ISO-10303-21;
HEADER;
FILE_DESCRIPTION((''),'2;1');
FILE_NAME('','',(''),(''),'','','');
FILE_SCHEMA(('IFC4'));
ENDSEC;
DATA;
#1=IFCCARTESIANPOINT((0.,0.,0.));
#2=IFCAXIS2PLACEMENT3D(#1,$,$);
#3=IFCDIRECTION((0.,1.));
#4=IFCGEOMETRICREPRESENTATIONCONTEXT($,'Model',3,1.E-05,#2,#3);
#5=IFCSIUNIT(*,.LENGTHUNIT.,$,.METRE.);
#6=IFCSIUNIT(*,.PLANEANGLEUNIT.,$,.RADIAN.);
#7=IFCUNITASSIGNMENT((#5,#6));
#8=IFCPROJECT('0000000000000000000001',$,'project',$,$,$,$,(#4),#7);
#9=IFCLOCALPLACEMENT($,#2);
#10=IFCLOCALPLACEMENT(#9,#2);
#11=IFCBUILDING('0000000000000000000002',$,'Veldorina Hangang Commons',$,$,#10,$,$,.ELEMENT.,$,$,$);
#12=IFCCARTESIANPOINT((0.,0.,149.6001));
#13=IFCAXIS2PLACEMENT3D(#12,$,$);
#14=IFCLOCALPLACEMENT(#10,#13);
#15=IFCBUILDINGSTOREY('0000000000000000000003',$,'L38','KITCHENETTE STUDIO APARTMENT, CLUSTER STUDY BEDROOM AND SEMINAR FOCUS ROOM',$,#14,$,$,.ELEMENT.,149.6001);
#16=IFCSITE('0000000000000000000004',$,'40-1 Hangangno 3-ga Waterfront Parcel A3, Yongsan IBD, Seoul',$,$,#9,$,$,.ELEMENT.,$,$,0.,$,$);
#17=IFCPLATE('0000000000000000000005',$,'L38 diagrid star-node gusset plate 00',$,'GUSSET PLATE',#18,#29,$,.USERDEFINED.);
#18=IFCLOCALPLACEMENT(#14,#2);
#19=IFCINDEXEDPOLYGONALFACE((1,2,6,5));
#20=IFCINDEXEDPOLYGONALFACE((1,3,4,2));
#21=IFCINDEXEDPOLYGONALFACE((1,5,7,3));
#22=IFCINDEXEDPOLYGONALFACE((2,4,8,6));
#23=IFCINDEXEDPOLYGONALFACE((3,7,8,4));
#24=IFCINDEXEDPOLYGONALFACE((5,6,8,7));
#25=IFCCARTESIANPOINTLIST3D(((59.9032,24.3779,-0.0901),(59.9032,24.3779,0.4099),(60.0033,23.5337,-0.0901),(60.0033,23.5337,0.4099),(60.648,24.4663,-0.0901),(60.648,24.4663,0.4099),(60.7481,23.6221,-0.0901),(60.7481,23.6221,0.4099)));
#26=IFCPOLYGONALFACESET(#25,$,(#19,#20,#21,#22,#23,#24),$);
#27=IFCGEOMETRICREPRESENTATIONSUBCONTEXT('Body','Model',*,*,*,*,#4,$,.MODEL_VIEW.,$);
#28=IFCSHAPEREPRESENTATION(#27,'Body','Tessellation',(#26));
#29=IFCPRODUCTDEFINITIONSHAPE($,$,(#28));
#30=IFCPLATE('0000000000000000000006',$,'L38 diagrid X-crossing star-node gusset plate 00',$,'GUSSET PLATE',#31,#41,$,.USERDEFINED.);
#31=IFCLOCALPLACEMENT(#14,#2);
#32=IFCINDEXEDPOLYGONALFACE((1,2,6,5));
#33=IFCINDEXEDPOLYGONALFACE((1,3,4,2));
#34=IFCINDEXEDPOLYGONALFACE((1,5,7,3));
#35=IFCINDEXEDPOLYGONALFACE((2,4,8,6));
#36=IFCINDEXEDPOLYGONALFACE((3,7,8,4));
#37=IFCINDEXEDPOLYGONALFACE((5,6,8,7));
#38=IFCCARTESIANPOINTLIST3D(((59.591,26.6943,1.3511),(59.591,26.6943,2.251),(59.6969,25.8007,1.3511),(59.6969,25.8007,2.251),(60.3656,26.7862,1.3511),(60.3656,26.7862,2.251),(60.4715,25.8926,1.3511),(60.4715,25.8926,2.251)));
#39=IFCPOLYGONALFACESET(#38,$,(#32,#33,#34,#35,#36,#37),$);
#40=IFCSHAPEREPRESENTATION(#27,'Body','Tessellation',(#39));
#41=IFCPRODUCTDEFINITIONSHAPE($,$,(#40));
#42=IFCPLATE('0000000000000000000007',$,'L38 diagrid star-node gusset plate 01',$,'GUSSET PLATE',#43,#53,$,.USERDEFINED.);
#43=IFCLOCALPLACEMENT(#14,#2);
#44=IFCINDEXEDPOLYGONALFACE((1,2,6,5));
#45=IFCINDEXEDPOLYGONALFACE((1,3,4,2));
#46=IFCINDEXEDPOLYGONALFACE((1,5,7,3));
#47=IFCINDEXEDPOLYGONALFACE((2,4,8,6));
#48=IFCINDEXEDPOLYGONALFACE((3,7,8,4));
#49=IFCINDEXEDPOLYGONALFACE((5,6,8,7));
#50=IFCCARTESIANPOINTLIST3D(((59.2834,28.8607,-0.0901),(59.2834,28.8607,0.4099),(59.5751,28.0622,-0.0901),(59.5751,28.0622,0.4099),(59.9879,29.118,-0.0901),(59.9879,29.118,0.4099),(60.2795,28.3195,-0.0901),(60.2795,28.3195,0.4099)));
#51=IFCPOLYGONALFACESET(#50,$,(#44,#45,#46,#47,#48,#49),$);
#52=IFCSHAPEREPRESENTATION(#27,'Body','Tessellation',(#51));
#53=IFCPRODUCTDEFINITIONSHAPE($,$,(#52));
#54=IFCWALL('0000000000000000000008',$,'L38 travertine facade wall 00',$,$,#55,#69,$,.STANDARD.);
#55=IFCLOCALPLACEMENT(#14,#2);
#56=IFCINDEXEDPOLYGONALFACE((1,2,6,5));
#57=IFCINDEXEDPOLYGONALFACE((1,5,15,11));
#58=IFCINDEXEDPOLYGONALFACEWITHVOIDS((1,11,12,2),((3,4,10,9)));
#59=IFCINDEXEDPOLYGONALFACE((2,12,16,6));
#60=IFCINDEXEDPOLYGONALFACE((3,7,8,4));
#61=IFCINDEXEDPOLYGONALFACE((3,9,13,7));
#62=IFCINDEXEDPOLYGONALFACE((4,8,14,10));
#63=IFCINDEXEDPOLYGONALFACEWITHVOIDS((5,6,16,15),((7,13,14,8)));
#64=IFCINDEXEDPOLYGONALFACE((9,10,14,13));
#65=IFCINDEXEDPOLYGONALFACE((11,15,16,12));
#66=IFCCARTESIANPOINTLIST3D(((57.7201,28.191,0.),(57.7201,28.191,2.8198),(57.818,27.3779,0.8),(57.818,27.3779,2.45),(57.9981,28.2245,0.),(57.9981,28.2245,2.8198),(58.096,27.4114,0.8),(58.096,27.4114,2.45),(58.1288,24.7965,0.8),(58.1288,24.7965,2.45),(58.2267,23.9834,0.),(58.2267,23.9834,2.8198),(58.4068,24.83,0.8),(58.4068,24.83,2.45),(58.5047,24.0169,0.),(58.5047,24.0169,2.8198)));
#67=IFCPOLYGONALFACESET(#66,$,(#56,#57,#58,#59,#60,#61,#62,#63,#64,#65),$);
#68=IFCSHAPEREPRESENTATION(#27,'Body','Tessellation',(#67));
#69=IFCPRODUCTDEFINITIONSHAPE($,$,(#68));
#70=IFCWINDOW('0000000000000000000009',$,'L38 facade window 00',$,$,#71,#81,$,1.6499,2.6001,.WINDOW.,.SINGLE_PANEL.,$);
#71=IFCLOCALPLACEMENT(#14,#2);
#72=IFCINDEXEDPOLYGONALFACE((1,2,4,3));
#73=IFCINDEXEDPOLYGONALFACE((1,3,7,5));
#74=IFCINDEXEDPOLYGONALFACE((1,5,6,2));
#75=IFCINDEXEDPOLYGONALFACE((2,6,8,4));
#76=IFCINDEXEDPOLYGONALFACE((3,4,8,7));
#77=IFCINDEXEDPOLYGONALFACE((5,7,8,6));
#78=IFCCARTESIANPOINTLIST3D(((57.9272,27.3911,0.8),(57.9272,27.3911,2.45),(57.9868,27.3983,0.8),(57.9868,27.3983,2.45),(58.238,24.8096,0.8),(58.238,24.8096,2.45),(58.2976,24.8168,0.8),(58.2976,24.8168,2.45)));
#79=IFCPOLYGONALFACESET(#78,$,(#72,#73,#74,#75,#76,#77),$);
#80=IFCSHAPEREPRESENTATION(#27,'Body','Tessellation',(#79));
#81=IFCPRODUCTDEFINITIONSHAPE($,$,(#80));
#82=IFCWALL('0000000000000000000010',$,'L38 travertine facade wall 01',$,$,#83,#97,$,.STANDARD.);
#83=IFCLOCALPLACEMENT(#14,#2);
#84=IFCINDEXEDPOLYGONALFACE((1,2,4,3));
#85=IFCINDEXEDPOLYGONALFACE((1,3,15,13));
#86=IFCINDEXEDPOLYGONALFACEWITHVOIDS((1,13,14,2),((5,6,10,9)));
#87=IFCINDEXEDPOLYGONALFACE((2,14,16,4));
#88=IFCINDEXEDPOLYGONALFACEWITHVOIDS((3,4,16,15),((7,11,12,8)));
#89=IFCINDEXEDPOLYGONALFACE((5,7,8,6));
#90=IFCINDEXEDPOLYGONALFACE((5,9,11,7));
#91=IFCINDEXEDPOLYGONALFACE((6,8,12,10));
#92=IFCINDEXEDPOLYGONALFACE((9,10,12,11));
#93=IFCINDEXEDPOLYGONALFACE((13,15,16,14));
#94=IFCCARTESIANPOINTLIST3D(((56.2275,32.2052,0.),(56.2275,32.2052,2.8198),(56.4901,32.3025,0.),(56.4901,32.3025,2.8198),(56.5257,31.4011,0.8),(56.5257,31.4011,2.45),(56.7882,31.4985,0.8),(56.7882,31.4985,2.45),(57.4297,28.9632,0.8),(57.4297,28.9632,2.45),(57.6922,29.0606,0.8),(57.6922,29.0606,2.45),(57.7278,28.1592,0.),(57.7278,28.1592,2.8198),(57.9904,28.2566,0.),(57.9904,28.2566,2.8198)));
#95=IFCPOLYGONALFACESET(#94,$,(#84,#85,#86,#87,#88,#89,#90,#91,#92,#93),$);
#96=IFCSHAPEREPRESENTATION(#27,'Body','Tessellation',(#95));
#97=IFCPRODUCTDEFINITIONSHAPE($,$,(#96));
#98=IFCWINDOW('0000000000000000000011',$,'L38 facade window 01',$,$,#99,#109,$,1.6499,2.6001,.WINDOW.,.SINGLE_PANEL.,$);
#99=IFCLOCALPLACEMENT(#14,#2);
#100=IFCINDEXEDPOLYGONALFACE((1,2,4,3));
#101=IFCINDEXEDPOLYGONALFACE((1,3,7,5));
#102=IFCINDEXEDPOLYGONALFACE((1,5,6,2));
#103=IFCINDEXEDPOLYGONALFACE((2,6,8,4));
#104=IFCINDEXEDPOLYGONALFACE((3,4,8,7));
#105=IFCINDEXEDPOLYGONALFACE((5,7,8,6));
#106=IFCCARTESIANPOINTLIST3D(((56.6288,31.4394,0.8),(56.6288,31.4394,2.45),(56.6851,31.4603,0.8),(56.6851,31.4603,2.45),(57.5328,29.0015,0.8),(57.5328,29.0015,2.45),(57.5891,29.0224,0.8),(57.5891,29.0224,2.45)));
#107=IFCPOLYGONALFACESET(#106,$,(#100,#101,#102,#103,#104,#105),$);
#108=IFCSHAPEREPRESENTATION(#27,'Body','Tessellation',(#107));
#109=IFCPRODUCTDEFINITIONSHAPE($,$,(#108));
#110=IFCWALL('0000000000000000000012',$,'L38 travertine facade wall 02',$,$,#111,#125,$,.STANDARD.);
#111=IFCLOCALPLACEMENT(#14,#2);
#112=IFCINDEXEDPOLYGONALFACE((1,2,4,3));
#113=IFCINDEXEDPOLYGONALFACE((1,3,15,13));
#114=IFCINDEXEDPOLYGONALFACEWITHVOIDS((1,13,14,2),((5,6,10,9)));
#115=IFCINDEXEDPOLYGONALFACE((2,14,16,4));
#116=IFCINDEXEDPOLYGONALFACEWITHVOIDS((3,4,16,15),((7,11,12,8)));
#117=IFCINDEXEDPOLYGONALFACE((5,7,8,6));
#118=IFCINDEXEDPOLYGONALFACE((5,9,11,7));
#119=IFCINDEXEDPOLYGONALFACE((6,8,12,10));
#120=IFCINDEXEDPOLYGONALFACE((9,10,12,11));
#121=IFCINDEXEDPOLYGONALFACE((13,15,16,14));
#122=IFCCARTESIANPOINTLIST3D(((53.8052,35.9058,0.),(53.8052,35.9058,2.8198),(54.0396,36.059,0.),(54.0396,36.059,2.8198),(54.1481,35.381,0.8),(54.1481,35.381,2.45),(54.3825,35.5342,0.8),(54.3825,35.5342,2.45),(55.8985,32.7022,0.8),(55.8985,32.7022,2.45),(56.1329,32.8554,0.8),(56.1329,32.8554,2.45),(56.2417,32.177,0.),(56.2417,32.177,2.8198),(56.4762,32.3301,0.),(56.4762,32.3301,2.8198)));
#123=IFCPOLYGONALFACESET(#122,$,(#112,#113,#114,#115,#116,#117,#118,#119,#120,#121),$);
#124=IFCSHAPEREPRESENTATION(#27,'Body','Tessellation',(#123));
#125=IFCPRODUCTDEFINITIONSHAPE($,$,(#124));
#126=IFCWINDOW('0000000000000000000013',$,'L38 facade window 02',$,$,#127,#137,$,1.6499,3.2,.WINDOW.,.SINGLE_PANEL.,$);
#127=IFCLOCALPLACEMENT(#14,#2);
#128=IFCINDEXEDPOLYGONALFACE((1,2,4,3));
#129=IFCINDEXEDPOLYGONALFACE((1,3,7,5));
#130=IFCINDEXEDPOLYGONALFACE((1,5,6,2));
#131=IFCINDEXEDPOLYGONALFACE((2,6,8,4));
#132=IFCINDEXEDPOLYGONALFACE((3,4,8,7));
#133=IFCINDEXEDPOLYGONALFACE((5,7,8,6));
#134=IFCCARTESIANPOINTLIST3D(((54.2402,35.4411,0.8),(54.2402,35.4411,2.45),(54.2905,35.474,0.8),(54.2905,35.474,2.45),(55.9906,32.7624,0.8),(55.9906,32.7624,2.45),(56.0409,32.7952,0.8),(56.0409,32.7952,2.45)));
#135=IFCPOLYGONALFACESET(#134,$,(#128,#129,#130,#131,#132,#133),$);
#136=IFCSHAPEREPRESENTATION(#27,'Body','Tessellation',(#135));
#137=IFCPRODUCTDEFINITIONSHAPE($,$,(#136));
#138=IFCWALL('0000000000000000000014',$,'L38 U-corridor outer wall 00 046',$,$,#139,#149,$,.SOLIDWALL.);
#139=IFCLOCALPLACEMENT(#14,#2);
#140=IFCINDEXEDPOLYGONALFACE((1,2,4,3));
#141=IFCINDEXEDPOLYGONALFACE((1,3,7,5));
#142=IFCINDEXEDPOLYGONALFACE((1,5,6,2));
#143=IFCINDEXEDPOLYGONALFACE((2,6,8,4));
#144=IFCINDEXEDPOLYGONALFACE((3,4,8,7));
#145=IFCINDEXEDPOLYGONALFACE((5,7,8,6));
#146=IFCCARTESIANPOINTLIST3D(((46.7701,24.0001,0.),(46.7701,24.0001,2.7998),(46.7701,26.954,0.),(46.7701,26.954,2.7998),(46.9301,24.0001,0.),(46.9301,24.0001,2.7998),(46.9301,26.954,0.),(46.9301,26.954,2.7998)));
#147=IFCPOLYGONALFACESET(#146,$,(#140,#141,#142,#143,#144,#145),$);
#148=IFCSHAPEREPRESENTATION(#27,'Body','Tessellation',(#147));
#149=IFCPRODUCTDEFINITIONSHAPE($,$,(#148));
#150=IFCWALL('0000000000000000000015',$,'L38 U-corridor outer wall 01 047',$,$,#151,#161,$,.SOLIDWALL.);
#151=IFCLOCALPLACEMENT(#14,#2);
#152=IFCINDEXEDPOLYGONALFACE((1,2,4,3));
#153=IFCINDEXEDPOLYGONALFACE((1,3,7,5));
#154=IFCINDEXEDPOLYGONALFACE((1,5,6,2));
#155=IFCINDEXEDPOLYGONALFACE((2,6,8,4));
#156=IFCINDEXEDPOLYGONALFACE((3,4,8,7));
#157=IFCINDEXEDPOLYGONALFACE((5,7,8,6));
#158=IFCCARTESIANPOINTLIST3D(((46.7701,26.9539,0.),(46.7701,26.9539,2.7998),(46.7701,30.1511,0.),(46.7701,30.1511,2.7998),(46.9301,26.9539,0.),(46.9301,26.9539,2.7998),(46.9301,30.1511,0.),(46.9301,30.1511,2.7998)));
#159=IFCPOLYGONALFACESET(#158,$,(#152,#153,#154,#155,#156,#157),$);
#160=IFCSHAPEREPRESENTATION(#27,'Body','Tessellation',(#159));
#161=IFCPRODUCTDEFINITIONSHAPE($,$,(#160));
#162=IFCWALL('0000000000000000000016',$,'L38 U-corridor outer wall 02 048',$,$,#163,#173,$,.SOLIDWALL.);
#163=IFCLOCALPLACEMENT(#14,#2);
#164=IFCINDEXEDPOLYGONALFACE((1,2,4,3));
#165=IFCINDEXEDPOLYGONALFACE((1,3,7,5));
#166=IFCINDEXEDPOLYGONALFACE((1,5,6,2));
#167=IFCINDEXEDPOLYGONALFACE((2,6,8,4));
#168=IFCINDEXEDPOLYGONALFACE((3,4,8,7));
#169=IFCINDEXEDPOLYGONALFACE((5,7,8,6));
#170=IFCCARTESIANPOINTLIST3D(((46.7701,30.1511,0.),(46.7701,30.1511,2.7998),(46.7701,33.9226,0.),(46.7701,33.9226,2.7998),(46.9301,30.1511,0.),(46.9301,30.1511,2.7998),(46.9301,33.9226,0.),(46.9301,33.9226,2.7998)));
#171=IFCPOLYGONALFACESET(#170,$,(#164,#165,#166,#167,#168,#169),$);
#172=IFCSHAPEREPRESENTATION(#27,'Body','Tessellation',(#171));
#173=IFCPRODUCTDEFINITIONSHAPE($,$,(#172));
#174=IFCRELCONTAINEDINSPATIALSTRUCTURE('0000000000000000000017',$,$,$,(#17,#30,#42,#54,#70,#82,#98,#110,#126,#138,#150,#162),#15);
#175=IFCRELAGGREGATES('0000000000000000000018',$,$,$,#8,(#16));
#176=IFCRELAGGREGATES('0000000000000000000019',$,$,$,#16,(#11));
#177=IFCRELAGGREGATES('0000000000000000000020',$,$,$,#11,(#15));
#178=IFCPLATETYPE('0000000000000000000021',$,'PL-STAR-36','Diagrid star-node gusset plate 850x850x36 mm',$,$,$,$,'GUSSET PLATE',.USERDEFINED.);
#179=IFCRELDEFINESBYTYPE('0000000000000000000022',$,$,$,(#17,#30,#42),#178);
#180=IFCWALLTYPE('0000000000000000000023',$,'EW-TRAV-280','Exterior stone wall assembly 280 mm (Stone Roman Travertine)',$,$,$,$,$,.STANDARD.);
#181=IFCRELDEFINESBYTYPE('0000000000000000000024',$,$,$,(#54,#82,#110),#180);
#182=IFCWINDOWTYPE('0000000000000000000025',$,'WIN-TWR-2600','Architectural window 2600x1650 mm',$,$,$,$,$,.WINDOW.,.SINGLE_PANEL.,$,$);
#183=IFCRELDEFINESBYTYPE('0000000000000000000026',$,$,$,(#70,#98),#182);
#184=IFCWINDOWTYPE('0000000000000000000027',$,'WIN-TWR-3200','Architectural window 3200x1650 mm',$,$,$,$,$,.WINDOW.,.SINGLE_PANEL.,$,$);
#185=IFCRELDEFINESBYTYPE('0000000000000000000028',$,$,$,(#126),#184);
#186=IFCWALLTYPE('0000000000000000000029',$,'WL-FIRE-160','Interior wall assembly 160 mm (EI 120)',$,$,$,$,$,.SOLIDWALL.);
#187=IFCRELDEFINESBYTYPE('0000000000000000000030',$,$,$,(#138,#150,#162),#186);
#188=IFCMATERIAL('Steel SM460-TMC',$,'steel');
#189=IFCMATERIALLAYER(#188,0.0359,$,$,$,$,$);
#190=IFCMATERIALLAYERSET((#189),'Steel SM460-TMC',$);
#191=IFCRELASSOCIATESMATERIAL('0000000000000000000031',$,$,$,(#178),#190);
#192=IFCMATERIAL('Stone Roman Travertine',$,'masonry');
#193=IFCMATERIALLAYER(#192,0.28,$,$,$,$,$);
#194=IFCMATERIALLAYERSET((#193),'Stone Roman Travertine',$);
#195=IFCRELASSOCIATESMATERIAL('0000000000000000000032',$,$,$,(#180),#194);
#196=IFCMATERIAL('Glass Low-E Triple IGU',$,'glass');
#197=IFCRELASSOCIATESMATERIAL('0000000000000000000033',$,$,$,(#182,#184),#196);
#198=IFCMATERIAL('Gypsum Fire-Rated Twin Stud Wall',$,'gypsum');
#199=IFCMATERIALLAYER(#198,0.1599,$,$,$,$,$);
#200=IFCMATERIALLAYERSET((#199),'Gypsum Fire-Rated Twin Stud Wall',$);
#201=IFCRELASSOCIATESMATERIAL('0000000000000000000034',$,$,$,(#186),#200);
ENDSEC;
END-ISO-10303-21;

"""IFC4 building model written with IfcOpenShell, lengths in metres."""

from ifc_helpers import new_model, si_unit, direction, frame, frame_2d, origin, origin_2d, place, context, subcontext, project, spatial, rectangle, extrude, material, layer, layer_set, type_object, element, fill, save


model = new_model("IFC4")

# Units and contexts
model_context = context("Model", 3, precision=1e-05, world=origin(), true_north=direction((0.0, 1.0)))
body_context = subcontext(model_context, "Body", "Model", "MODEL_VIEW")
ifc_project = project(units=[si_unit("LENGTHUNIT", "METRE"), si_unit("PLANEANGLEUNIT", "RADIAN")], contexts=[model_context])

# Site, building, storey
site_placement = place(None, origin())
site = spatial("IfcSite", under=ifc_project, at=site_placement, Name="40-1 Hangangno 3-ga Waterfront Parcel A3, Yongsan IBD, Seoul", CompositionType="ELEMENT", RefElevation=0.0)
building_placement = place(site_placement, origin())
building = spatial("IfcBuilding", under=site, at=building_placement, Name="Veldorina Hangang Commons", CompositionType="ELEMENT")
storey_placement = place(building_placement, frame((0.0, 0.0, 149.6001)))
storey = spatial("IfcBuildingStorey", under=building, at=storey_placement, Name="L38", Description="KITCHENETTE STUDIO APARTMENT, CLUSTER STUDY BEDROOM AND SEMINAR FOCUS ROOM", CompositionType="ELEMENT", Elevation=149.6001)

# Plates
ifc_material_1 = material(Name="Steel SM460-TMC", Category="steel")
ifc_layer_1 = layer(ifc_material_1, 0.0359)
ifc_layer_set_1 = layer_set([ifc_layer_1], Name="Steel SM460-TMC")
plate_type = type_object("IfcPlateType", Name="PL-STAR-36", Description="Diagrid star-node gusset plate 850x850x36 mm", ElementType="GUSSET PLATE", PredefinedType="USERDEFINED", material=ifc_layer_set_1)
plate_1_placement = place(storey_placement, frame((60.3257, 24.0, -0.0901), z_axis=(0.0, 0.0, 1.0), x_axis=(-0.117763, 0.993042, 0.0)))
element("IfcPlate", 1, at=plate_1_placement, inside=storey, type_object=plate_type, Name="L38 diagrid star-node gusset plate 00", ObjectType="GUSSET PLATE", PredefinedType="USERDEFINED", context=body_context, shape_type="SweptSolid", body=[
    extrude(rectangle(XDim=0.8501, YDim=0.75, at=origin_2d()), origin(), (0.0, 0.0, 1.0), 0.5),
])
plate_2_placement = place(storey_placement, frame((60.0312, 26.2935, 1.3511), z_axis=(0.0, 0.0, 1.0), x_axis=(-0.117763, 0.993042, 0.0)))
element("IfcPlate", 2, at=plate_2_placement, inside=storey, type_object=plate_type, Name="L38 diagrid X-crossing star-node gusset plate 00", ObjectType="GUSSET PLATE", PredefinedType="USERDEFINED", context=body_context, shape_type="SweptSolid", body=[
    extrude(rectangle(XDim=0.8999, YDim=0.78, at=origin_2d()), origin(), (0.0, 0.0, 1.0), 0.8999),
])
plate_3_placement = place(storey_placement, frame((59.7815, 28.5901, -0.0901), z_axis=(0.0, 0.0, 1.0), x_axis=(-0.343037, 0.939322, 0.0)))
element("IfcPlate", 3, at=plate_3_placement, inside=storey, type_object=plate_type, Name="L38 diagrid star-node gusset plate 01", ObjectType="GUSSET PLATE", PredefinedType="USERDEFINED", context=body_context, shape_type="SweptSolid", body=[
    extrude(rectangle(XDim=0.8501, YDim=0.75, at=origin_2d()), origin(), (0.0, 0.0, 1.0), 0.5),
])

# Walls, openings, windows
ifc_material_2 = material(Name="Stone Roman Travertine", Category="masonry")
ifc_layer_2 = layer(ifc_material_2, 0.28)
ifc_layer_set_2 = layer_set([ifc_layer_2], Name="Stone Roman Travertine")
wall_type_1 = type_object("IfcWallType", Name="EW-TRAV-280", Description="Exterior stone wall assembly 280 mm (Stone Roman Travertine)", PredefinedType="STANDARD", material=ifc_layer_set_2)
wall_1_placement = place(storey_placement, frame((58.3657, 24.0, 0.0), z_axis=(0.0, 0.0, 1.0), x_axis=(-0.119531, 0.99283, 0.0)))
wall_1 = element("IfcWall", 4, at=wall_1_placement, inside=storey, type_object=wall_type_1, Name="L38 travertine facade wall 00", PredefinedType="STANDARD", context=body_context, shape_type="SweptSolid", body=[
    extrude(rectangle(XDim=4.238, YDim=0.28, at=frame_2d((2.1191, 0.0))), origin(), (0.0, 0.0, 1.0), 2.8198),
])
opening_1_placement = place(wall_1_placement, frame((0.8191, 0.0, 0.8)))
opening_1 = element("IfcOpeningElement", 5, at=opening_1_placement, cuts=wall_1, PredefinedType="OPENING", context=body_context, shape_type="SweptSolid", body=[
    extrude(rectangle(XDim=2.6001, YDim=1.6499, at=frame_2d((1.3, 0.825))), frame((0.0, 0.1499, 0.0), z_axis=(0.0, -1.0, 0.0), x_axis=(1.0, 0.0, 0.0)), (0.0, 0.0, 1.0), 0.3),
])
ifc_material_3 = material(Name="Glass Low-E Triple IGU", Category="glass")
window_type_1 = type_object("IfcWindowType", Name="WIN-TWR-2600", Description="Architectural window 2600x1650 mm", PartitioningType="SINGLE_PANEL", PredefinedType="WINDOW", material=ifc_material_3)
window_1_placement = place(opening_1_placement, origin())
window_1 = element("IfcWindow", 6, at=window_1_placement, inside=storey, type_object=window_type_1, Name="L38 facade window 00", OverallHeight=1.6499, OverallWidth=2.6001, PartitioningType="SINGLE_PANEL", PredefinedType="WINDOW", context=body_context, shape_type="SweptSolid", body=[
    extrude(rectangle(XDim=2.6001, YDim=1.6499, at=frame_2d((1.3, 0.825))), frame((0.0, 0.03, 0.0), z_axis=(0.0, -1.0, 0.0), x_axis=(1.0, 0.0, 0.0)), (0.0, 0.0, 1.0), 0.0601),
])
fill(opening_1, window_1)
wall_2_placement = place(storey_placement, frame((57.8591, 28.2078, 0.0), z_axis=(0.0, 0.0, 1.0), x_axis=(-0.347674, 0.937616, 0.0)))
wall_2 = element("IfcWall", 7, at=wall_2_placement, inside=storey, type_object=wall_type_1, Name="L38 travertine facade wall 01", PredefinedType="STANDARD", context=body_context, shape_type="SweptSolid", body=[
    extrude(rectangle(XDim=4.3152, YDim=0.28, at=frame_2d((2.1577, 0.0))), origin(), (0.0, 0.0, 1.0), 2.8198),
])
opening_2_placement = place(wall_2_placement, frame((0.8577, 0.0, 0.8)))
opening_2 = element("IfcOpeningElement", 8, at=opening_2_placement, cuts=wall_2, PredefinedType="OPENING", context=body_context, shape_type="SweptSolid", body=[
    extrude(rectangle(XDim=2.6001, YDim=1.6499, at=frame_2d((1.3, 0.825))), frame((0.0, 0.1499, 0.0), z_axis=(0.0, -1.0, 0.0), x_axis=(1.0, 0.0, 0.0)), (0.0, 0.0, 1.0), 0.3),
])
window_2_placement = place(opening_2_placement, origin())
window_2 = element("IfcWindow", 9, at=window_2_placement, inside=storey, type_object=window_type_1, Name="L38 facade window 01", OverallHeight=1.6499, OverallWidth=2.6001, PartitioningType="SINGLE_PANEL", PredefinedType="WINDOW", context=body_context, shape_type="SweptSolid", body=[
    extrude(rectangle(XDim=2.6001, YDim=1.6499, at=frame_2d((1.3, 0.825))), frame((0.0, 0.03, 0.0), z_axis=(0.0, -1.0, 0.0), x_axis=(1.0, 0.0, 0.0)), (0.0, 0.0, 1.0), 0.0601),
])
fill(opening_2, window_2)
wall_3_placement = place(storey_placement, frame((56.3589, 32.2537, 0.0), z_axis=(0.0, 0.0, 1.0), x_axis=(-0.547012, 0.837125, 0.0)))
wall_3 = element("IfcWall", 10, at=wall_3_placement, inside=storey, type_object=wall_type_1, Name="L38 travertine facade wall 02", PredefinedType="STANDARD", context=body_context, shape_type="SweptSolid", body=[
    extrude(rectangle(XDim=4.4543, YDim=0.28, at=frame_2d((2.2271, 0.0))), origin(), (0.0, 0.0, 1.0), 2.8198),
])
opening_3_placement = place(wall_3_placement, frame((0.6272, 0.0, 0.8)))
opening_3 = element("IfcOpeningElement", 11, at=opening_3_placement, cuts=wall_3, PredefinedType="OPENING", context=body_context, shape_type="SweptSolid", body=[
    extrude(rectangle(XDim=3.2, YDim=1.6499, at=frame_2d((1.6001, 0.825))), frame((0.0, 0.1499, 0.0), z_axis=(0.0, -1.0, 0.0), x_axis=(1.0, 0.0, 0.0)), (0.0, 0.0, 1.0), 0.3),
])
window_type_2 = type_object("IfcWindowType", Name="WIN-TWR-3200", Description="Architectural window 3200x1650 mm", PartitioningType="SINGLE_PANEL", PredefinedType="WINDOW", material=ifc_material_3)
window_3_placement = place(opening_3_placement, origin())
window_3 = element("IfcWindow", 12, at=window_3_placement, inside=storey, type_object=window_type_2, Name="L38 facade window 02", OverallHeight=1.6499, OverallWidth=3.2, PartitioningType="SINGLE_PANEL", PredefinedType="WINDOW", context=body_context, shape_type="SweptSolid", body=[
    extrude(rectangle(XDim=3.2, YDim=1.6499, at=frame_2d((1.6001, 0.825))), frame((0.0, 0.03, 0.0), z_axis=(0.0, -1.0, 0.0), x_axis=(1.0, 0.0, 0.0)), (0.0, 0.0, 1.0), 0.0601),
])
fill(opening_3, window_3)

# Walls
ifc_material_4 = material(Name="Gypsum Fire-Rated Twin Stud Wall", Category="gypsum")
ifc_layer_3 = layer(ifc_material_4, 0.1599)
ifc_layer_set_3 = layer_set([ifc_layer_3], Name="Gypsum Fire-Rated Twin Stud Wall")
wall_type_2 = type_object("IfcWallType", Name="WL-FIRE-160", Description="Interior wall assembly 160 mm (EI 120)", PredefinedType="SOLIDWALL", material=ifc_layer_set_3)
wall_4_placement = place(storey_placement, frame((46.8501, 24.0, 0.0), z_axis=(0.0, 0.0, 1.0), x_axis=(0.0, 1.0, 0.0)))
element("IfcWall", 13, at=wall_4_placement, inside=storey, type_object=wall_type_2, Name="L38 U-corridor outer wall 00 046", PredefinedType="SOLIDWALL", context=body_context, shape_type="SweptSolid", body=[
    extrude(rectangle(XDim=2.9539, YDim=0.1599, at=frame_2d((1.4771, 0.0))), origin(), (0.0, 0.0, 1.0), 2.7998),
])
wall_5_placement = place(storey_placement, frame((46.8501, 26.9539, 0.0), z_axis=(0.0, 0.0, 1.0), x_axis=(0.0, 1.0, 0.0)))
element("IfcWall", 14, at=wall_5_placement, inside=storey, type_object=wall_type_2, Name="L38 U-corridor outer wall 01 047", PredefinedType="SOLIDWALL", context=body_context, shape_type="SweptSolid", body=[
    extrude(rectangle(XDim=3.1973, YDim=0.1599, at=frame_2d((1.5986, 0.0))), origin(), (0.0, 0.0, 1.0), 2.7998),
])
wall_6_placement = place(storey_placement, frame((46.8501, 30.1511, 0.0), z_axis=(0.0, 0.0, 1.0), x_axis=(0.0, 1.0, 0.0)))
element("IfcWall", 15, at=wall_6_placement, inside=storey, type_object=wall_type_2, Name="L38 U-corridor outer wall 02 048", PredefinedType="SOLIDWALL", context=body_context, shape_type="SweptSolid", body=[
    extrude(rectangle(XDim=3.7715, YDim=0.1599, at=frame_2d((1.8857, 0.0))), origin(), (0.0, 0.0, 1.0), 2.7998),
])

save(model, "model.ifc")
